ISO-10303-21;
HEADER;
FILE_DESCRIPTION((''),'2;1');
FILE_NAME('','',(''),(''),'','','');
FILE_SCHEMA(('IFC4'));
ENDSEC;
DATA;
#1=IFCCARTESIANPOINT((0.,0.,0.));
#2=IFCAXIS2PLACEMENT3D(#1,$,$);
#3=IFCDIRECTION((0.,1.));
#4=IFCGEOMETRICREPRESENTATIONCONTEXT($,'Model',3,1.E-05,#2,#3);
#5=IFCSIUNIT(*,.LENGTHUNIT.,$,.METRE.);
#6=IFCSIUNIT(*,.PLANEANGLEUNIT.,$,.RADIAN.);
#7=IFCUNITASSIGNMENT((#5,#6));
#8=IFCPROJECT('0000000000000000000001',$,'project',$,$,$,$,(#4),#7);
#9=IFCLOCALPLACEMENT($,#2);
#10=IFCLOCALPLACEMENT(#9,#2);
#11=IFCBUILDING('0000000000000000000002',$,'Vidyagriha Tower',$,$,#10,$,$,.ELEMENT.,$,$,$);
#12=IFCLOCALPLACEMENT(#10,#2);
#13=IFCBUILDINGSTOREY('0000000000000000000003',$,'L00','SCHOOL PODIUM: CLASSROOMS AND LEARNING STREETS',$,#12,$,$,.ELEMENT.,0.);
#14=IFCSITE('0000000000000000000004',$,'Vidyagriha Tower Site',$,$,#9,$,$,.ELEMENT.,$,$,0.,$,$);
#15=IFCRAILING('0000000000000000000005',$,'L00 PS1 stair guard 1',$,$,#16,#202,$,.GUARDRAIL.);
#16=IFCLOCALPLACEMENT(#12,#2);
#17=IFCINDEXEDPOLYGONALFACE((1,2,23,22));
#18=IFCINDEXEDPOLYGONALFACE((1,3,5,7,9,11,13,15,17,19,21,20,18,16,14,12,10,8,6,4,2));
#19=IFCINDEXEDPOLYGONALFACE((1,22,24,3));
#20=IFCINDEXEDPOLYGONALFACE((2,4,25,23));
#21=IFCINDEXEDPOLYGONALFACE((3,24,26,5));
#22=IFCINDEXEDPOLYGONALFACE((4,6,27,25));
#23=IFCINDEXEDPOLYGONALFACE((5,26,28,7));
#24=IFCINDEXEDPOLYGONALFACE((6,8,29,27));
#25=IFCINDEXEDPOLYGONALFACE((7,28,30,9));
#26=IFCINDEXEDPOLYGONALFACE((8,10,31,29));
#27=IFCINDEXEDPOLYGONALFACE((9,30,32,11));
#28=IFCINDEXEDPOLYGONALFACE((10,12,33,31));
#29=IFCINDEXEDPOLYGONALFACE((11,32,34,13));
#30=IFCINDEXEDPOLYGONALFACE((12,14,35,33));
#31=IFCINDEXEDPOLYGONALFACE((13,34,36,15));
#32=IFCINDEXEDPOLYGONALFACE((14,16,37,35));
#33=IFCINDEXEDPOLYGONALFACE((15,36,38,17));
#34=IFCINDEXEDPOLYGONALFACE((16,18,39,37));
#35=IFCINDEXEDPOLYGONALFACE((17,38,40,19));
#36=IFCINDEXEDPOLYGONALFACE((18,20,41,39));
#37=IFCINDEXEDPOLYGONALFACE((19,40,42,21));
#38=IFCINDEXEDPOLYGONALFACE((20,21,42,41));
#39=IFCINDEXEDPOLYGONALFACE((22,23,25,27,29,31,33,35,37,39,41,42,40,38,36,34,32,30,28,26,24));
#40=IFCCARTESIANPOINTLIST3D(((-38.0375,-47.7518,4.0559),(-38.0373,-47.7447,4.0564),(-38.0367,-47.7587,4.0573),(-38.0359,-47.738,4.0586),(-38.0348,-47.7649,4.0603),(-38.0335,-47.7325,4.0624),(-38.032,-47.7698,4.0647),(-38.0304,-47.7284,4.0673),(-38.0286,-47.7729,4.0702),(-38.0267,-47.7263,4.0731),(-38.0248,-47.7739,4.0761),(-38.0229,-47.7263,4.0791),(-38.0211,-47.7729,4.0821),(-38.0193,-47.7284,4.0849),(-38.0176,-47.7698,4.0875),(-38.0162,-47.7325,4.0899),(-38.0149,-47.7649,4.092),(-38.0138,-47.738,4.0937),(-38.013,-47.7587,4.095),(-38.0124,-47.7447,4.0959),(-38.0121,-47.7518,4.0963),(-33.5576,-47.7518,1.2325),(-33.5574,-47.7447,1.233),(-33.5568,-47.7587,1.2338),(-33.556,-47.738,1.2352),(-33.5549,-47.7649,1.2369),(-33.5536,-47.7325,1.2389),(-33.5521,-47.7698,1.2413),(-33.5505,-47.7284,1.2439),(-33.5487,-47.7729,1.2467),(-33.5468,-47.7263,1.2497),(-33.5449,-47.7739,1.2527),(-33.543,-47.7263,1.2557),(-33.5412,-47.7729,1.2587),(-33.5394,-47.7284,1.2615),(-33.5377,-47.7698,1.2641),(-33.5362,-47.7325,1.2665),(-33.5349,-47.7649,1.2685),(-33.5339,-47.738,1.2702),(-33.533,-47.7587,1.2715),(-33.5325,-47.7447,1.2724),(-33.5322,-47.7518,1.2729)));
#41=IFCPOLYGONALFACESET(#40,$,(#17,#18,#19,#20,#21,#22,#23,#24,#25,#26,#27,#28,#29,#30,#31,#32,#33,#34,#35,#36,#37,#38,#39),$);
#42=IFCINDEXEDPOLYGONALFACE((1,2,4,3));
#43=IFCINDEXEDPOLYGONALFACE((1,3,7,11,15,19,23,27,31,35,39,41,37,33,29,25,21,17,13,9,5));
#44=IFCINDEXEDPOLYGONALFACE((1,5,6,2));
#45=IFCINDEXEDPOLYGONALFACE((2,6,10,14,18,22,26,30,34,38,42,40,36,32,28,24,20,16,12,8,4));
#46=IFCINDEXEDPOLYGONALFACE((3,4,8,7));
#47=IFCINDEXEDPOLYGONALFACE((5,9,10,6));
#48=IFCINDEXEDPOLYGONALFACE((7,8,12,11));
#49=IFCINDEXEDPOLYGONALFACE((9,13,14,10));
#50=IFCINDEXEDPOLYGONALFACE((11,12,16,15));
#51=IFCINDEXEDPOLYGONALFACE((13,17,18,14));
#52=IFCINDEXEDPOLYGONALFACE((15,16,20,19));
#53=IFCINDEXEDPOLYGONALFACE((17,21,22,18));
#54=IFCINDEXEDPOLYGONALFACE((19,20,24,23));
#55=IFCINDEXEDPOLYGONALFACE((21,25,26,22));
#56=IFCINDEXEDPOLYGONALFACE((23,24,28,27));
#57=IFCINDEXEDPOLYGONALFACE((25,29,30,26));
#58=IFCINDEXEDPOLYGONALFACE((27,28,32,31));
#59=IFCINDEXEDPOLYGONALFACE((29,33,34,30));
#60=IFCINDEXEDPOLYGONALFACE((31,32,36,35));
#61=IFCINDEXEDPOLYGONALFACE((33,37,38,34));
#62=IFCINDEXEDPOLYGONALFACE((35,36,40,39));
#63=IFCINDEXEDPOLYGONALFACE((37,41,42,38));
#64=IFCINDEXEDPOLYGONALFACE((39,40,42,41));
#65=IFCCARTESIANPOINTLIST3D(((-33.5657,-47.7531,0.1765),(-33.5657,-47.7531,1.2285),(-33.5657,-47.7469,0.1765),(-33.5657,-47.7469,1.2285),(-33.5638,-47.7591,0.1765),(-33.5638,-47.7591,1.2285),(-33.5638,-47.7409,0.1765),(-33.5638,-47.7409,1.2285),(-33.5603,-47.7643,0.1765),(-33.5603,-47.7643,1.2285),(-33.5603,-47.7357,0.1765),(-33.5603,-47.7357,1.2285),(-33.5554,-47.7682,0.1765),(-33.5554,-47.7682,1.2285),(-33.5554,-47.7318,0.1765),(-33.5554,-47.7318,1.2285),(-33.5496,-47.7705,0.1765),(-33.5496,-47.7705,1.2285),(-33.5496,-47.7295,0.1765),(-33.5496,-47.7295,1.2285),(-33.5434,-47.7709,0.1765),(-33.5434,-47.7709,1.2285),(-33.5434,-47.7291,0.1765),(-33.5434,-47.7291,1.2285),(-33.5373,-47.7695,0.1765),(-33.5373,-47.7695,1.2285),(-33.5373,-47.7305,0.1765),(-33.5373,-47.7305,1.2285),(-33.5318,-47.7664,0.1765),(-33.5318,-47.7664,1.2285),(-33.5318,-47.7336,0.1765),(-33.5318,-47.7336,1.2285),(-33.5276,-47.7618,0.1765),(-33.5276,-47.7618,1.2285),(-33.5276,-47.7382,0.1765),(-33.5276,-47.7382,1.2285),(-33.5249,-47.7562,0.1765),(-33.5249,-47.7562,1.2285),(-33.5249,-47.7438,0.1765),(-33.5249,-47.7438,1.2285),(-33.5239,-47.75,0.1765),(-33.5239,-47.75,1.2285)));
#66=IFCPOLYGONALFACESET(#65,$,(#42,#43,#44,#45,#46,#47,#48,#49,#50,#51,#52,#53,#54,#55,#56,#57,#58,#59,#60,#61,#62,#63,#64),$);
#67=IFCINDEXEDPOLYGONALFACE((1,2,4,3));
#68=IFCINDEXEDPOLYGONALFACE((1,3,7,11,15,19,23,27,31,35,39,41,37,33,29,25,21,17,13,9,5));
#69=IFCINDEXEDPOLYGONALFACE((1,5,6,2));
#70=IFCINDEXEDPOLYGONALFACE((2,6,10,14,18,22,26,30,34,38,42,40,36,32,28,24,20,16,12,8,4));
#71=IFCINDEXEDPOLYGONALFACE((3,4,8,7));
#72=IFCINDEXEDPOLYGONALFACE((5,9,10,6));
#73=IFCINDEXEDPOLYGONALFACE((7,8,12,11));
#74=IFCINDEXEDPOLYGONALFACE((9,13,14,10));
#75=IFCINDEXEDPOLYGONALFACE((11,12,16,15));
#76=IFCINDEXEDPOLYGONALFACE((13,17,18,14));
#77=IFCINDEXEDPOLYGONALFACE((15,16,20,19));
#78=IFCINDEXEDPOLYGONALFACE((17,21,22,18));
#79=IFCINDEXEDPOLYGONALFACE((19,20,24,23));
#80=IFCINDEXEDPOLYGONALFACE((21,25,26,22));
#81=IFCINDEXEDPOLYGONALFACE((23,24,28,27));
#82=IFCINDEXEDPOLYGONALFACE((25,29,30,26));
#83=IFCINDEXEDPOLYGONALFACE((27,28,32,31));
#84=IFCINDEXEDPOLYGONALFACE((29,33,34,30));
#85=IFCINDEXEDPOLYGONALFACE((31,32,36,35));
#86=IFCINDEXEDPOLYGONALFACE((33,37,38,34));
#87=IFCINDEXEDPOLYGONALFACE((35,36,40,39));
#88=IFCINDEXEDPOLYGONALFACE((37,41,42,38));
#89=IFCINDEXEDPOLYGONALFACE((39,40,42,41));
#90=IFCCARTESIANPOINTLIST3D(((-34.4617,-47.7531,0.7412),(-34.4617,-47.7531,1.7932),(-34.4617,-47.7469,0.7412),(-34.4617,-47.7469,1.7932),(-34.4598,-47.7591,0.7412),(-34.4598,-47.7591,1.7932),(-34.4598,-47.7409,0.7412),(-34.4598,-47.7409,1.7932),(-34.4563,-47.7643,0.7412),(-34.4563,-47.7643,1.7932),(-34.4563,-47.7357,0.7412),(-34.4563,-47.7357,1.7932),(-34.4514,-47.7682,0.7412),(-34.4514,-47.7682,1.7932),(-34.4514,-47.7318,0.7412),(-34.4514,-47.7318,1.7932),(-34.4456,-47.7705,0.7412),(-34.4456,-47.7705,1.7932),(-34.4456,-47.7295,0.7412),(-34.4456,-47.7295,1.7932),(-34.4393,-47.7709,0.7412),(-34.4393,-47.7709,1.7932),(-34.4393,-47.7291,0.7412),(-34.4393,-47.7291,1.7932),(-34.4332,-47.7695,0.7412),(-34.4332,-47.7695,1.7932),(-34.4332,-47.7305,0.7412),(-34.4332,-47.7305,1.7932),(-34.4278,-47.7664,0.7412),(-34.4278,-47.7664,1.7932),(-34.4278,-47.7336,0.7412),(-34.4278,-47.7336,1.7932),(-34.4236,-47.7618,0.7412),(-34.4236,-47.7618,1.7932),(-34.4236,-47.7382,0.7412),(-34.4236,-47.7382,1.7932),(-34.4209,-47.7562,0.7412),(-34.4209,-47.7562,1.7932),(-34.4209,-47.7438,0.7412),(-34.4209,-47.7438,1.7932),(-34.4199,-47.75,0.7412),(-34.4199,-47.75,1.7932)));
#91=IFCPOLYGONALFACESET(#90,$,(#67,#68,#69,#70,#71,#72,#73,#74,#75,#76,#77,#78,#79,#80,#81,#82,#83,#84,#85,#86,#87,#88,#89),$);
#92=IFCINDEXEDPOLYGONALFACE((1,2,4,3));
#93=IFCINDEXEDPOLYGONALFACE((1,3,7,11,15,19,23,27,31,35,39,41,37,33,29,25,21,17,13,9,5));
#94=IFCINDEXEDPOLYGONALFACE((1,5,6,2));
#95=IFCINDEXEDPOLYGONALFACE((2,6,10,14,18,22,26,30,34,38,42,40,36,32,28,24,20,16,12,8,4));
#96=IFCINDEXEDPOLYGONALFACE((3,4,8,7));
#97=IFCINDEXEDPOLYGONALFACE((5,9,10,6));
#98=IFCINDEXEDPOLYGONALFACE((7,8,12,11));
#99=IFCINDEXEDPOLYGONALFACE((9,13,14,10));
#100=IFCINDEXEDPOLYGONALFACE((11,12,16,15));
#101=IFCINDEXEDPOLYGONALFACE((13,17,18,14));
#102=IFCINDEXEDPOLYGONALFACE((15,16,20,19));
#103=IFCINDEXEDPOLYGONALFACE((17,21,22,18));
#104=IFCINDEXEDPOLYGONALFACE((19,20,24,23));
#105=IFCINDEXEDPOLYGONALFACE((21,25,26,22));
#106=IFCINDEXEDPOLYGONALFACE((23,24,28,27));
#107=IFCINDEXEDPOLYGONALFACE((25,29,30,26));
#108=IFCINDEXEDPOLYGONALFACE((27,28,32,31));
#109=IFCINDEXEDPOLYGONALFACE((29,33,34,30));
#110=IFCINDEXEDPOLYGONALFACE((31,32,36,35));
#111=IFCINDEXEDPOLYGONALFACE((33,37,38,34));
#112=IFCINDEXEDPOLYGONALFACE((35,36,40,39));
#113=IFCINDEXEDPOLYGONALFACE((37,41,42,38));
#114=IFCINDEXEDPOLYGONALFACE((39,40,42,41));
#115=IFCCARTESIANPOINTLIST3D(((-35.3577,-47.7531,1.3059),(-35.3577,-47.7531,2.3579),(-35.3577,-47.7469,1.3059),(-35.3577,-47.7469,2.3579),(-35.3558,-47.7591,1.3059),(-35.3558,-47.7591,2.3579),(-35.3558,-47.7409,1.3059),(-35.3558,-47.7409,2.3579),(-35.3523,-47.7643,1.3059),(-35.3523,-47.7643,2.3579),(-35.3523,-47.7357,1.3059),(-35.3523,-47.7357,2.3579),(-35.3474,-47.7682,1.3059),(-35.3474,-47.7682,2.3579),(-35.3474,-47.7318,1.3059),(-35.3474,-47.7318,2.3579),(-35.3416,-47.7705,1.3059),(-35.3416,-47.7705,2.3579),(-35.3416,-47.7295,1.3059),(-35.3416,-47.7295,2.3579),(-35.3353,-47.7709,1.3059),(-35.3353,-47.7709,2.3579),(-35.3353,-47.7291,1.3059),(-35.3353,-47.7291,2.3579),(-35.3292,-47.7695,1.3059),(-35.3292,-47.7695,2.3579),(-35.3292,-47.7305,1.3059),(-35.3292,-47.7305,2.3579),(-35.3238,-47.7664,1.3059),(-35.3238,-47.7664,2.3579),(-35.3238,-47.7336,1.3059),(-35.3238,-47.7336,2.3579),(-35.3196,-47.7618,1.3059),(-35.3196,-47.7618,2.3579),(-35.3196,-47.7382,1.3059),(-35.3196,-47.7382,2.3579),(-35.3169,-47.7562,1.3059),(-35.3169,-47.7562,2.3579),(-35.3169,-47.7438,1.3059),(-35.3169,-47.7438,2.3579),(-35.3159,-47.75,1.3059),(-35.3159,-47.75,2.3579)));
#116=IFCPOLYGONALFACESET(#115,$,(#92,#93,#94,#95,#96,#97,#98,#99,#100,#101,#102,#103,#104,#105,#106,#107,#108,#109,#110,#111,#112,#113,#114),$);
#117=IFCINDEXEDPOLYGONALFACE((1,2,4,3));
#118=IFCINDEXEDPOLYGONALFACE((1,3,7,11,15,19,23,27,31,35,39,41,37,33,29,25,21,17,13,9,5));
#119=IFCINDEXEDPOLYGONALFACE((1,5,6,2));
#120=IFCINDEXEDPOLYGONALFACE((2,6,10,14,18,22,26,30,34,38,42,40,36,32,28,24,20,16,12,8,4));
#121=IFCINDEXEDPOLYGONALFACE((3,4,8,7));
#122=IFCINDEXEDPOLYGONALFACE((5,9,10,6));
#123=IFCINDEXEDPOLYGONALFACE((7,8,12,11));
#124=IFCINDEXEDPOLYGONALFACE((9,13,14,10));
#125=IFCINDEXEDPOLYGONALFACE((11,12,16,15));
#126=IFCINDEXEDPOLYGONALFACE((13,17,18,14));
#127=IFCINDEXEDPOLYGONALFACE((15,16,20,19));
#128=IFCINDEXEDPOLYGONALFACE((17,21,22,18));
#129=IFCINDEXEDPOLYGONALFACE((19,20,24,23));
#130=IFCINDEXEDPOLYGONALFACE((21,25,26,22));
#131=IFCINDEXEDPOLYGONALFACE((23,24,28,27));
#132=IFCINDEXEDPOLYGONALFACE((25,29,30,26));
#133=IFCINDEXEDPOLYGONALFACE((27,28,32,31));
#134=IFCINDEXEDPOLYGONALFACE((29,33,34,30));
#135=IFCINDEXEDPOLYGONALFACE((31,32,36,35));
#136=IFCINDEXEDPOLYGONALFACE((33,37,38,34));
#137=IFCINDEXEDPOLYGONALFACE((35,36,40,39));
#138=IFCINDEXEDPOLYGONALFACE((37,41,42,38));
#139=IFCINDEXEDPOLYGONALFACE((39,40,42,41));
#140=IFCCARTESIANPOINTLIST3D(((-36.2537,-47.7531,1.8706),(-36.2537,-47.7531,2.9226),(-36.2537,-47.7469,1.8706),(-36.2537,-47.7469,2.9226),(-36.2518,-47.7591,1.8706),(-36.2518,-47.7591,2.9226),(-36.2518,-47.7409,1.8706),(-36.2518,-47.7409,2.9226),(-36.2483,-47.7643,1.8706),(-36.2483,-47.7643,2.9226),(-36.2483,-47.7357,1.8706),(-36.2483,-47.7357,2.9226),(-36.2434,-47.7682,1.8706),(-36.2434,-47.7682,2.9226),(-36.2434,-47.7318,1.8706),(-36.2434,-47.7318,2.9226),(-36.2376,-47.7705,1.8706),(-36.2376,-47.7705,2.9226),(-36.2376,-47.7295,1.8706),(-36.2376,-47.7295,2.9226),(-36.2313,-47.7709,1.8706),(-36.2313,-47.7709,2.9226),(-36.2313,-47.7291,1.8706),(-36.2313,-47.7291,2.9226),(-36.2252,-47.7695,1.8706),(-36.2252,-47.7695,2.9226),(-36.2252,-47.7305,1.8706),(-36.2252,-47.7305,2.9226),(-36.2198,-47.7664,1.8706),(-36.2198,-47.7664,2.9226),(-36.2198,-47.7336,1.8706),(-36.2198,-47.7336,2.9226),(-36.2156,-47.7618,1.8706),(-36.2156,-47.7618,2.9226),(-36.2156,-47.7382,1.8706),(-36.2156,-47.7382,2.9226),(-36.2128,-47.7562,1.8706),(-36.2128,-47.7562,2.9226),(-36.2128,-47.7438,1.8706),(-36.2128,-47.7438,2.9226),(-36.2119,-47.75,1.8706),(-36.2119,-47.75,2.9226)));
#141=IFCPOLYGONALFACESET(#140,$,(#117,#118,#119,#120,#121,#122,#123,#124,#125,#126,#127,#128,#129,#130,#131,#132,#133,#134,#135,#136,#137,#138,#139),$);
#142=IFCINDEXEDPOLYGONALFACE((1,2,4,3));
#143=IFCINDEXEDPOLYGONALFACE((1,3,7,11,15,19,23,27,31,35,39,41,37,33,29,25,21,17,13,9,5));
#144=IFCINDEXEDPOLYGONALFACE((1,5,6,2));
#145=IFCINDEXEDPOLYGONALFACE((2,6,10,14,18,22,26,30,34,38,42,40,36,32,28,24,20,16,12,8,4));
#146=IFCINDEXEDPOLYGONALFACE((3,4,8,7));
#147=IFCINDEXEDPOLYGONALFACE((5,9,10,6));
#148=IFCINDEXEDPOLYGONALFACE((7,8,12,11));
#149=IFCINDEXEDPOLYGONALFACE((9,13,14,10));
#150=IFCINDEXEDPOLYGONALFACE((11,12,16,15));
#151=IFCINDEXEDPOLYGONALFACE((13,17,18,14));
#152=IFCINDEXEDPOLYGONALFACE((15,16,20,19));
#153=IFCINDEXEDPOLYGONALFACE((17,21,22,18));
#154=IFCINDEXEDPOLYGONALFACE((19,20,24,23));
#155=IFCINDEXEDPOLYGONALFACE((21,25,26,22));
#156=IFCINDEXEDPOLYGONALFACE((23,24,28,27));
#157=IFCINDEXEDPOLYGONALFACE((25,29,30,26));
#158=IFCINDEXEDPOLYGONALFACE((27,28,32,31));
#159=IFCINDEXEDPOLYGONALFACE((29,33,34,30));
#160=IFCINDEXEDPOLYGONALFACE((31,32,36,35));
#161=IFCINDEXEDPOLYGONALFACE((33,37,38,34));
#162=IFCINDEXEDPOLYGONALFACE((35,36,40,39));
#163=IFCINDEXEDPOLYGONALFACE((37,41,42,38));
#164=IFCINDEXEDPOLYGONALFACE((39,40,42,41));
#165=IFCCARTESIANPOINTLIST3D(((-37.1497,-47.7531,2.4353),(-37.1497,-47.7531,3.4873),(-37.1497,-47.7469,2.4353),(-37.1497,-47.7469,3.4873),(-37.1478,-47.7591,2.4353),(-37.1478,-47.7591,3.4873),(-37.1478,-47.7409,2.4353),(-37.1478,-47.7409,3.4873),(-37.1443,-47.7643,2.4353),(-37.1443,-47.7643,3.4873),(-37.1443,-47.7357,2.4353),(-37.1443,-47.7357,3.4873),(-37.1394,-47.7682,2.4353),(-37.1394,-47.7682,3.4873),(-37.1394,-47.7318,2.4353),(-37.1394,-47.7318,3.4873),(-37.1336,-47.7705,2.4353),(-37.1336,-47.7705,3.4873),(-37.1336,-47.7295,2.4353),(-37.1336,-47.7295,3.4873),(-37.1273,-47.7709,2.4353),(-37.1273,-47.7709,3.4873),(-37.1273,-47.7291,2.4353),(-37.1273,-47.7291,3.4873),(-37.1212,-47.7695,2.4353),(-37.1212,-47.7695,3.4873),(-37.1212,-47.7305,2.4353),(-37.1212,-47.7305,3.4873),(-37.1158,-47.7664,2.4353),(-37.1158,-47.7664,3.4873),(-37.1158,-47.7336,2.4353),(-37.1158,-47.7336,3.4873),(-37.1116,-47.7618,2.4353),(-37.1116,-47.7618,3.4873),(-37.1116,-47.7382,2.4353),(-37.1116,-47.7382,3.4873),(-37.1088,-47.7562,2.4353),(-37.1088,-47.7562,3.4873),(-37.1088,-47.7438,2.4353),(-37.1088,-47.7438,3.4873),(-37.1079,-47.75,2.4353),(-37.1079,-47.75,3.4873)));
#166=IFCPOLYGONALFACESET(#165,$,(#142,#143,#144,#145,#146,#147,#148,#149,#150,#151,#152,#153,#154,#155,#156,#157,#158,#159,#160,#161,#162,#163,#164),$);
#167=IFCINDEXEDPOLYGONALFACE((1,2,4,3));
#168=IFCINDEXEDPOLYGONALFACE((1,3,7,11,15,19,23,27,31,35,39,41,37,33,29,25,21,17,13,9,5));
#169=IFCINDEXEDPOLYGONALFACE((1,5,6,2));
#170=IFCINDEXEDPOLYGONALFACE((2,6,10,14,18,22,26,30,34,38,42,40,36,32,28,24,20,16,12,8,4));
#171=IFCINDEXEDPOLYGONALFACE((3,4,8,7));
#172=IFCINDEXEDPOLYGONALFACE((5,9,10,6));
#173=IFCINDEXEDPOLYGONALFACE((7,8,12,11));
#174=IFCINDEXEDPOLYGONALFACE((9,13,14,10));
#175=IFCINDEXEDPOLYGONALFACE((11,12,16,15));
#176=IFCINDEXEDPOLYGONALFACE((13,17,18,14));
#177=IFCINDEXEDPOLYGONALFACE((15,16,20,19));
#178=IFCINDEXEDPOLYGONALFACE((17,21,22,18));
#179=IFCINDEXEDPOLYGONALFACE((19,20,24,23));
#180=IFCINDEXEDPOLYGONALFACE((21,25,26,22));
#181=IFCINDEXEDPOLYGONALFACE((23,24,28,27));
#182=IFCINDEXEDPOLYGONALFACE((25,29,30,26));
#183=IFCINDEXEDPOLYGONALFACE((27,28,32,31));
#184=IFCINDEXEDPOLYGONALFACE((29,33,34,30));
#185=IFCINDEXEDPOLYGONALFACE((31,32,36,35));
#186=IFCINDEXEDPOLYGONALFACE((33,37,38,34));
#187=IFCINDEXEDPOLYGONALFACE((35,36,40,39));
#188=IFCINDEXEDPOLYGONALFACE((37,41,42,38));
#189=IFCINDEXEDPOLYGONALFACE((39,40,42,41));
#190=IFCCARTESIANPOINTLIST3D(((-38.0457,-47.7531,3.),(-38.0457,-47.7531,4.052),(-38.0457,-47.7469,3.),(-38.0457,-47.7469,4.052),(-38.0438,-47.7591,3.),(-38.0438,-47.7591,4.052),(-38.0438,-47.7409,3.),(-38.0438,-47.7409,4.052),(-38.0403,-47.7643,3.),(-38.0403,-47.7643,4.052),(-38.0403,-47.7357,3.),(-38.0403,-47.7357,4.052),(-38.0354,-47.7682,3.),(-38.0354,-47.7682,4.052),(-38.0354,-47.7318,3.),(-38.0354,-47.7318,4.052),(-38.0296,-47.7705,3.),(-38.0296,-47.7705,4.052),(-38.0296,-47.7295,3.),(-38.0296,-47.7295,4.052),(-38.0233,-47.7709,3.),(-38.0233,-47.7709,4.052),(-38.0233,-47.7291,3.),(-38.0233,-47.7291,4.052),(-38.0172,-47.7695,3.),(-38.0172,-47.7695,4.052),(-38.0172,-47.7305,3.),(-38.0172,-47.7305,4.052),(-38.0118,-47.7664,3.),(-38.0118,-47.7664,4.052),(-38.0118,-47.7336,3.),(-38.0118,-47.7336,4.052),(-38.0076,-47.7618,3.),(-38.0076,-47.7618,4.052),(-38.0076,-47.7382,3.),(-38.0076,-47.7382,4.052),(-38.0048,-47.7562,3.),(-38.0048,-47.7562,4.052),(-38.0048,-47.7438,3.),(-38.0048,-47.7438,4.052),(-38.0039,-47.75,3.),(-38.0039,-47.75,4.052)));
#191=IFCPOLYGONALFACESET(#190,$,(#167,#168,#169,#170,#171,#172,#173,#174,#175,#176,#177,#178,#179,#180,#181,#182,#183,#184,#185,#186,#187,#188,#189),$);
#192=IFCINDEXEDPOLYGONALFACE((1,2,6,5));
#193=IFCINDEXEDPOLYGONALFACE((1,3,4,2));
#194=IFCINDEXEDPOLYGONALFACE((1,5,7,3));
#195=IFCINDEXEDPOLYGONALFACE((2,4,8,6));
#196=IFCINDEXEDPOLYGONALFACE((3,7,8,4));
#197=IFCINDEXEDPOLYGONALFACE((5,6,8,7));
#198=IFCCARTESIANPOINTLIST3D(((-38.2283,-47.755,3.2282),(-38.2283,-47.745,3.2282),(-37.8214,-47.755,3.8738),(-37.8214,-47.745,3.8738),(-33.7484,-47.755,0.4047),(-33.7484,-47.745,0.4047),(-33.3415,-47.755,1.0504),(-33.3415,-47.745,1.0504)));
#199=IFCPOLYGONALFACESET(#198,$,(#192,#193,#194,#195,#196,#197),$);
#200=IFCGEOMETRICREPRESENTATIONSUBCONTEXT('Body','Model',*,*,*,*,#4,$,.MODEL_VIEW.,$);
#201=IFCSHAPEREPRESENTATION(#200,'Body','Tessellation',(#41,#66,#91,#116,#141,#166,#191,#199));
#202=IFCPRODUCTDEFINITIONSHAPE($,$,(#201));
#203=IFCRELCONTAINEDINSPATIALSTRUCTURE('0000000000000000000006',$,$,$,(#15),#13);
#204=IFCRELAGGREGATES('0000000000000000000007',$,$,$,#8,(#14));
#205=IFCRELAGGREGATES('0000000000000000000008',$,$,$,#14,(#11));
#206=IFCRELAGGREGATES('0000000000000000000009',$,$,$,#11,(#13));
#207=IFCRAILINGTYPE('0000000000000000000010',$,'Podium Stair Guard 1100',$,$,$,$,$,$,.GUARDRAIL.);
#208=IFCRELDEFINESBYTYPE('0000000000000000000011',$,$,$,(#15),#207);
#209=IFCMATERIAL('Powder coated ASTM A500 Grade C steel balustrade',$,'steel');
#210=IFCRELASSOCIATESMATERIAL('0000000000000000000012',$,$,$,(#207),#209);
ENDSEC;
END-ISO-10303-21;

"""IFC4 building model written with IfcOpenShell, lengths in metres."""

from ifc_helpers import new_model, si_unit, direction, frame, origin, origin_2d, place, context, subcontext, project, spatial, rectangle, circle, extrude, material, type_object, element, save


model = new_model("IFC4")

# Units and contexts
model_context = context("Model", 3, precision=1e-05, world=origin(), true_north=direction((0.0, 1.0)))
body_context = subcontext(model_context, "Body", "Model", "MODEL_VIEW")
ifc_project = project(units=[si_unit("LENGTHUNIT", "METRE"), si_unit("PLANEANGLEUNIT", "RADIAN")], contexts=[model_context])

# Site, building, storey
site_placement = place(None, origin())
site = spatial("IfcSite", under=ifc_project, at=site_placement, Name="Vidyagriha Tower Site", CompositionType="ELEMENT", RefElevation=0.0)
building_placement = place(site_placement, origin())
building = spatial("IfcBuilding", under=site, at=building_placement, Name="Vidyagriha Tower", CompositionType="ELEMENT")
storey_placement = place(building_placement, origin())
storey = spatial("IfcBuildingStorey", under=building, at=storey_placement, Name="L00", Description="SCHOOL PODIUM: CLASSROOMS AND LEARNING STREETS", CompositionType="ELEMENT", Elevation=0.0)

# Railing
ifc_material_1 = material(Name="Powder coated ASTM A500 Grade C steel balustrade", Category="steel")
railing_type_1 = type_object("IfcRailingType", Name="Podium Stair Guard 1100", PredefinedType="GUARDRAIL", material=ifc_material_1)
railing_1_placement = place(storey_placement, frame((-33.5449, -47.75, 0.1765)))
element("IfcRailing", 1, at=railing_1_placement, inside=storey, type_object=railing_type_1, Name="L00 PS1 stair guard 1", PredefinedType="GUARDRAIL", context=body_context, shape_type="SweptSolid", body=[
    extrude(circle(Radius=0.0239, at=origin_2d()), frame((0.0, 0.0, 1.0762), z_axis=(-0.845998, 0.0, 0.533186), x_axis=(0.0, -1.0, 0.0)), (0.0, 0.0, 1.0), 5.2954),
    extrude(circle(Radius=0.021, at=origin_2d()), origin(), (0.0, 0.0, 1.0), 1.052),
    extrude(circle(Radius=0.021, at=origin_2d()), frame((-0.896, 0.0, 0.5647)), (0.0, 0.0, 1.0), 1.052),
    extrude(circle(Radius=0.021, at=origin_2d()), frame((-1.792, 0.0, 1.1294)), (0.0, 0.0, 1.0), 1.052),
    extrude(circle(Radius=0.021, at=origin_2d()), frame((-2.688, 0.0, 1.6941)), (0.0, 0.0, 1.0), 1.052),
    extrude(circle(Radius=0.021, at=origin_2d()), frame((-3.584, 0.0, 2.2588)), (0.0, 0.0, 1.0), 1.052),
    extrude(circle(Radius=0.021, at=origin_2d()), frame((-4.48, 0.0, 2.8235)), (0.0, 0.0, 1.0), 1.052),
    extrude(rectangle(XDim=0.01, YDim=0.7632, at=origin_2d()), frame((0.0, 0.0, 0.551), z_axis=(-0.845998, 0.0, 0.533186), x_axis=(0.0, -1.0, 0.0)), (0.0, 0.0, 1.0), 5.2954),
])

save(model, "model.ifc")
